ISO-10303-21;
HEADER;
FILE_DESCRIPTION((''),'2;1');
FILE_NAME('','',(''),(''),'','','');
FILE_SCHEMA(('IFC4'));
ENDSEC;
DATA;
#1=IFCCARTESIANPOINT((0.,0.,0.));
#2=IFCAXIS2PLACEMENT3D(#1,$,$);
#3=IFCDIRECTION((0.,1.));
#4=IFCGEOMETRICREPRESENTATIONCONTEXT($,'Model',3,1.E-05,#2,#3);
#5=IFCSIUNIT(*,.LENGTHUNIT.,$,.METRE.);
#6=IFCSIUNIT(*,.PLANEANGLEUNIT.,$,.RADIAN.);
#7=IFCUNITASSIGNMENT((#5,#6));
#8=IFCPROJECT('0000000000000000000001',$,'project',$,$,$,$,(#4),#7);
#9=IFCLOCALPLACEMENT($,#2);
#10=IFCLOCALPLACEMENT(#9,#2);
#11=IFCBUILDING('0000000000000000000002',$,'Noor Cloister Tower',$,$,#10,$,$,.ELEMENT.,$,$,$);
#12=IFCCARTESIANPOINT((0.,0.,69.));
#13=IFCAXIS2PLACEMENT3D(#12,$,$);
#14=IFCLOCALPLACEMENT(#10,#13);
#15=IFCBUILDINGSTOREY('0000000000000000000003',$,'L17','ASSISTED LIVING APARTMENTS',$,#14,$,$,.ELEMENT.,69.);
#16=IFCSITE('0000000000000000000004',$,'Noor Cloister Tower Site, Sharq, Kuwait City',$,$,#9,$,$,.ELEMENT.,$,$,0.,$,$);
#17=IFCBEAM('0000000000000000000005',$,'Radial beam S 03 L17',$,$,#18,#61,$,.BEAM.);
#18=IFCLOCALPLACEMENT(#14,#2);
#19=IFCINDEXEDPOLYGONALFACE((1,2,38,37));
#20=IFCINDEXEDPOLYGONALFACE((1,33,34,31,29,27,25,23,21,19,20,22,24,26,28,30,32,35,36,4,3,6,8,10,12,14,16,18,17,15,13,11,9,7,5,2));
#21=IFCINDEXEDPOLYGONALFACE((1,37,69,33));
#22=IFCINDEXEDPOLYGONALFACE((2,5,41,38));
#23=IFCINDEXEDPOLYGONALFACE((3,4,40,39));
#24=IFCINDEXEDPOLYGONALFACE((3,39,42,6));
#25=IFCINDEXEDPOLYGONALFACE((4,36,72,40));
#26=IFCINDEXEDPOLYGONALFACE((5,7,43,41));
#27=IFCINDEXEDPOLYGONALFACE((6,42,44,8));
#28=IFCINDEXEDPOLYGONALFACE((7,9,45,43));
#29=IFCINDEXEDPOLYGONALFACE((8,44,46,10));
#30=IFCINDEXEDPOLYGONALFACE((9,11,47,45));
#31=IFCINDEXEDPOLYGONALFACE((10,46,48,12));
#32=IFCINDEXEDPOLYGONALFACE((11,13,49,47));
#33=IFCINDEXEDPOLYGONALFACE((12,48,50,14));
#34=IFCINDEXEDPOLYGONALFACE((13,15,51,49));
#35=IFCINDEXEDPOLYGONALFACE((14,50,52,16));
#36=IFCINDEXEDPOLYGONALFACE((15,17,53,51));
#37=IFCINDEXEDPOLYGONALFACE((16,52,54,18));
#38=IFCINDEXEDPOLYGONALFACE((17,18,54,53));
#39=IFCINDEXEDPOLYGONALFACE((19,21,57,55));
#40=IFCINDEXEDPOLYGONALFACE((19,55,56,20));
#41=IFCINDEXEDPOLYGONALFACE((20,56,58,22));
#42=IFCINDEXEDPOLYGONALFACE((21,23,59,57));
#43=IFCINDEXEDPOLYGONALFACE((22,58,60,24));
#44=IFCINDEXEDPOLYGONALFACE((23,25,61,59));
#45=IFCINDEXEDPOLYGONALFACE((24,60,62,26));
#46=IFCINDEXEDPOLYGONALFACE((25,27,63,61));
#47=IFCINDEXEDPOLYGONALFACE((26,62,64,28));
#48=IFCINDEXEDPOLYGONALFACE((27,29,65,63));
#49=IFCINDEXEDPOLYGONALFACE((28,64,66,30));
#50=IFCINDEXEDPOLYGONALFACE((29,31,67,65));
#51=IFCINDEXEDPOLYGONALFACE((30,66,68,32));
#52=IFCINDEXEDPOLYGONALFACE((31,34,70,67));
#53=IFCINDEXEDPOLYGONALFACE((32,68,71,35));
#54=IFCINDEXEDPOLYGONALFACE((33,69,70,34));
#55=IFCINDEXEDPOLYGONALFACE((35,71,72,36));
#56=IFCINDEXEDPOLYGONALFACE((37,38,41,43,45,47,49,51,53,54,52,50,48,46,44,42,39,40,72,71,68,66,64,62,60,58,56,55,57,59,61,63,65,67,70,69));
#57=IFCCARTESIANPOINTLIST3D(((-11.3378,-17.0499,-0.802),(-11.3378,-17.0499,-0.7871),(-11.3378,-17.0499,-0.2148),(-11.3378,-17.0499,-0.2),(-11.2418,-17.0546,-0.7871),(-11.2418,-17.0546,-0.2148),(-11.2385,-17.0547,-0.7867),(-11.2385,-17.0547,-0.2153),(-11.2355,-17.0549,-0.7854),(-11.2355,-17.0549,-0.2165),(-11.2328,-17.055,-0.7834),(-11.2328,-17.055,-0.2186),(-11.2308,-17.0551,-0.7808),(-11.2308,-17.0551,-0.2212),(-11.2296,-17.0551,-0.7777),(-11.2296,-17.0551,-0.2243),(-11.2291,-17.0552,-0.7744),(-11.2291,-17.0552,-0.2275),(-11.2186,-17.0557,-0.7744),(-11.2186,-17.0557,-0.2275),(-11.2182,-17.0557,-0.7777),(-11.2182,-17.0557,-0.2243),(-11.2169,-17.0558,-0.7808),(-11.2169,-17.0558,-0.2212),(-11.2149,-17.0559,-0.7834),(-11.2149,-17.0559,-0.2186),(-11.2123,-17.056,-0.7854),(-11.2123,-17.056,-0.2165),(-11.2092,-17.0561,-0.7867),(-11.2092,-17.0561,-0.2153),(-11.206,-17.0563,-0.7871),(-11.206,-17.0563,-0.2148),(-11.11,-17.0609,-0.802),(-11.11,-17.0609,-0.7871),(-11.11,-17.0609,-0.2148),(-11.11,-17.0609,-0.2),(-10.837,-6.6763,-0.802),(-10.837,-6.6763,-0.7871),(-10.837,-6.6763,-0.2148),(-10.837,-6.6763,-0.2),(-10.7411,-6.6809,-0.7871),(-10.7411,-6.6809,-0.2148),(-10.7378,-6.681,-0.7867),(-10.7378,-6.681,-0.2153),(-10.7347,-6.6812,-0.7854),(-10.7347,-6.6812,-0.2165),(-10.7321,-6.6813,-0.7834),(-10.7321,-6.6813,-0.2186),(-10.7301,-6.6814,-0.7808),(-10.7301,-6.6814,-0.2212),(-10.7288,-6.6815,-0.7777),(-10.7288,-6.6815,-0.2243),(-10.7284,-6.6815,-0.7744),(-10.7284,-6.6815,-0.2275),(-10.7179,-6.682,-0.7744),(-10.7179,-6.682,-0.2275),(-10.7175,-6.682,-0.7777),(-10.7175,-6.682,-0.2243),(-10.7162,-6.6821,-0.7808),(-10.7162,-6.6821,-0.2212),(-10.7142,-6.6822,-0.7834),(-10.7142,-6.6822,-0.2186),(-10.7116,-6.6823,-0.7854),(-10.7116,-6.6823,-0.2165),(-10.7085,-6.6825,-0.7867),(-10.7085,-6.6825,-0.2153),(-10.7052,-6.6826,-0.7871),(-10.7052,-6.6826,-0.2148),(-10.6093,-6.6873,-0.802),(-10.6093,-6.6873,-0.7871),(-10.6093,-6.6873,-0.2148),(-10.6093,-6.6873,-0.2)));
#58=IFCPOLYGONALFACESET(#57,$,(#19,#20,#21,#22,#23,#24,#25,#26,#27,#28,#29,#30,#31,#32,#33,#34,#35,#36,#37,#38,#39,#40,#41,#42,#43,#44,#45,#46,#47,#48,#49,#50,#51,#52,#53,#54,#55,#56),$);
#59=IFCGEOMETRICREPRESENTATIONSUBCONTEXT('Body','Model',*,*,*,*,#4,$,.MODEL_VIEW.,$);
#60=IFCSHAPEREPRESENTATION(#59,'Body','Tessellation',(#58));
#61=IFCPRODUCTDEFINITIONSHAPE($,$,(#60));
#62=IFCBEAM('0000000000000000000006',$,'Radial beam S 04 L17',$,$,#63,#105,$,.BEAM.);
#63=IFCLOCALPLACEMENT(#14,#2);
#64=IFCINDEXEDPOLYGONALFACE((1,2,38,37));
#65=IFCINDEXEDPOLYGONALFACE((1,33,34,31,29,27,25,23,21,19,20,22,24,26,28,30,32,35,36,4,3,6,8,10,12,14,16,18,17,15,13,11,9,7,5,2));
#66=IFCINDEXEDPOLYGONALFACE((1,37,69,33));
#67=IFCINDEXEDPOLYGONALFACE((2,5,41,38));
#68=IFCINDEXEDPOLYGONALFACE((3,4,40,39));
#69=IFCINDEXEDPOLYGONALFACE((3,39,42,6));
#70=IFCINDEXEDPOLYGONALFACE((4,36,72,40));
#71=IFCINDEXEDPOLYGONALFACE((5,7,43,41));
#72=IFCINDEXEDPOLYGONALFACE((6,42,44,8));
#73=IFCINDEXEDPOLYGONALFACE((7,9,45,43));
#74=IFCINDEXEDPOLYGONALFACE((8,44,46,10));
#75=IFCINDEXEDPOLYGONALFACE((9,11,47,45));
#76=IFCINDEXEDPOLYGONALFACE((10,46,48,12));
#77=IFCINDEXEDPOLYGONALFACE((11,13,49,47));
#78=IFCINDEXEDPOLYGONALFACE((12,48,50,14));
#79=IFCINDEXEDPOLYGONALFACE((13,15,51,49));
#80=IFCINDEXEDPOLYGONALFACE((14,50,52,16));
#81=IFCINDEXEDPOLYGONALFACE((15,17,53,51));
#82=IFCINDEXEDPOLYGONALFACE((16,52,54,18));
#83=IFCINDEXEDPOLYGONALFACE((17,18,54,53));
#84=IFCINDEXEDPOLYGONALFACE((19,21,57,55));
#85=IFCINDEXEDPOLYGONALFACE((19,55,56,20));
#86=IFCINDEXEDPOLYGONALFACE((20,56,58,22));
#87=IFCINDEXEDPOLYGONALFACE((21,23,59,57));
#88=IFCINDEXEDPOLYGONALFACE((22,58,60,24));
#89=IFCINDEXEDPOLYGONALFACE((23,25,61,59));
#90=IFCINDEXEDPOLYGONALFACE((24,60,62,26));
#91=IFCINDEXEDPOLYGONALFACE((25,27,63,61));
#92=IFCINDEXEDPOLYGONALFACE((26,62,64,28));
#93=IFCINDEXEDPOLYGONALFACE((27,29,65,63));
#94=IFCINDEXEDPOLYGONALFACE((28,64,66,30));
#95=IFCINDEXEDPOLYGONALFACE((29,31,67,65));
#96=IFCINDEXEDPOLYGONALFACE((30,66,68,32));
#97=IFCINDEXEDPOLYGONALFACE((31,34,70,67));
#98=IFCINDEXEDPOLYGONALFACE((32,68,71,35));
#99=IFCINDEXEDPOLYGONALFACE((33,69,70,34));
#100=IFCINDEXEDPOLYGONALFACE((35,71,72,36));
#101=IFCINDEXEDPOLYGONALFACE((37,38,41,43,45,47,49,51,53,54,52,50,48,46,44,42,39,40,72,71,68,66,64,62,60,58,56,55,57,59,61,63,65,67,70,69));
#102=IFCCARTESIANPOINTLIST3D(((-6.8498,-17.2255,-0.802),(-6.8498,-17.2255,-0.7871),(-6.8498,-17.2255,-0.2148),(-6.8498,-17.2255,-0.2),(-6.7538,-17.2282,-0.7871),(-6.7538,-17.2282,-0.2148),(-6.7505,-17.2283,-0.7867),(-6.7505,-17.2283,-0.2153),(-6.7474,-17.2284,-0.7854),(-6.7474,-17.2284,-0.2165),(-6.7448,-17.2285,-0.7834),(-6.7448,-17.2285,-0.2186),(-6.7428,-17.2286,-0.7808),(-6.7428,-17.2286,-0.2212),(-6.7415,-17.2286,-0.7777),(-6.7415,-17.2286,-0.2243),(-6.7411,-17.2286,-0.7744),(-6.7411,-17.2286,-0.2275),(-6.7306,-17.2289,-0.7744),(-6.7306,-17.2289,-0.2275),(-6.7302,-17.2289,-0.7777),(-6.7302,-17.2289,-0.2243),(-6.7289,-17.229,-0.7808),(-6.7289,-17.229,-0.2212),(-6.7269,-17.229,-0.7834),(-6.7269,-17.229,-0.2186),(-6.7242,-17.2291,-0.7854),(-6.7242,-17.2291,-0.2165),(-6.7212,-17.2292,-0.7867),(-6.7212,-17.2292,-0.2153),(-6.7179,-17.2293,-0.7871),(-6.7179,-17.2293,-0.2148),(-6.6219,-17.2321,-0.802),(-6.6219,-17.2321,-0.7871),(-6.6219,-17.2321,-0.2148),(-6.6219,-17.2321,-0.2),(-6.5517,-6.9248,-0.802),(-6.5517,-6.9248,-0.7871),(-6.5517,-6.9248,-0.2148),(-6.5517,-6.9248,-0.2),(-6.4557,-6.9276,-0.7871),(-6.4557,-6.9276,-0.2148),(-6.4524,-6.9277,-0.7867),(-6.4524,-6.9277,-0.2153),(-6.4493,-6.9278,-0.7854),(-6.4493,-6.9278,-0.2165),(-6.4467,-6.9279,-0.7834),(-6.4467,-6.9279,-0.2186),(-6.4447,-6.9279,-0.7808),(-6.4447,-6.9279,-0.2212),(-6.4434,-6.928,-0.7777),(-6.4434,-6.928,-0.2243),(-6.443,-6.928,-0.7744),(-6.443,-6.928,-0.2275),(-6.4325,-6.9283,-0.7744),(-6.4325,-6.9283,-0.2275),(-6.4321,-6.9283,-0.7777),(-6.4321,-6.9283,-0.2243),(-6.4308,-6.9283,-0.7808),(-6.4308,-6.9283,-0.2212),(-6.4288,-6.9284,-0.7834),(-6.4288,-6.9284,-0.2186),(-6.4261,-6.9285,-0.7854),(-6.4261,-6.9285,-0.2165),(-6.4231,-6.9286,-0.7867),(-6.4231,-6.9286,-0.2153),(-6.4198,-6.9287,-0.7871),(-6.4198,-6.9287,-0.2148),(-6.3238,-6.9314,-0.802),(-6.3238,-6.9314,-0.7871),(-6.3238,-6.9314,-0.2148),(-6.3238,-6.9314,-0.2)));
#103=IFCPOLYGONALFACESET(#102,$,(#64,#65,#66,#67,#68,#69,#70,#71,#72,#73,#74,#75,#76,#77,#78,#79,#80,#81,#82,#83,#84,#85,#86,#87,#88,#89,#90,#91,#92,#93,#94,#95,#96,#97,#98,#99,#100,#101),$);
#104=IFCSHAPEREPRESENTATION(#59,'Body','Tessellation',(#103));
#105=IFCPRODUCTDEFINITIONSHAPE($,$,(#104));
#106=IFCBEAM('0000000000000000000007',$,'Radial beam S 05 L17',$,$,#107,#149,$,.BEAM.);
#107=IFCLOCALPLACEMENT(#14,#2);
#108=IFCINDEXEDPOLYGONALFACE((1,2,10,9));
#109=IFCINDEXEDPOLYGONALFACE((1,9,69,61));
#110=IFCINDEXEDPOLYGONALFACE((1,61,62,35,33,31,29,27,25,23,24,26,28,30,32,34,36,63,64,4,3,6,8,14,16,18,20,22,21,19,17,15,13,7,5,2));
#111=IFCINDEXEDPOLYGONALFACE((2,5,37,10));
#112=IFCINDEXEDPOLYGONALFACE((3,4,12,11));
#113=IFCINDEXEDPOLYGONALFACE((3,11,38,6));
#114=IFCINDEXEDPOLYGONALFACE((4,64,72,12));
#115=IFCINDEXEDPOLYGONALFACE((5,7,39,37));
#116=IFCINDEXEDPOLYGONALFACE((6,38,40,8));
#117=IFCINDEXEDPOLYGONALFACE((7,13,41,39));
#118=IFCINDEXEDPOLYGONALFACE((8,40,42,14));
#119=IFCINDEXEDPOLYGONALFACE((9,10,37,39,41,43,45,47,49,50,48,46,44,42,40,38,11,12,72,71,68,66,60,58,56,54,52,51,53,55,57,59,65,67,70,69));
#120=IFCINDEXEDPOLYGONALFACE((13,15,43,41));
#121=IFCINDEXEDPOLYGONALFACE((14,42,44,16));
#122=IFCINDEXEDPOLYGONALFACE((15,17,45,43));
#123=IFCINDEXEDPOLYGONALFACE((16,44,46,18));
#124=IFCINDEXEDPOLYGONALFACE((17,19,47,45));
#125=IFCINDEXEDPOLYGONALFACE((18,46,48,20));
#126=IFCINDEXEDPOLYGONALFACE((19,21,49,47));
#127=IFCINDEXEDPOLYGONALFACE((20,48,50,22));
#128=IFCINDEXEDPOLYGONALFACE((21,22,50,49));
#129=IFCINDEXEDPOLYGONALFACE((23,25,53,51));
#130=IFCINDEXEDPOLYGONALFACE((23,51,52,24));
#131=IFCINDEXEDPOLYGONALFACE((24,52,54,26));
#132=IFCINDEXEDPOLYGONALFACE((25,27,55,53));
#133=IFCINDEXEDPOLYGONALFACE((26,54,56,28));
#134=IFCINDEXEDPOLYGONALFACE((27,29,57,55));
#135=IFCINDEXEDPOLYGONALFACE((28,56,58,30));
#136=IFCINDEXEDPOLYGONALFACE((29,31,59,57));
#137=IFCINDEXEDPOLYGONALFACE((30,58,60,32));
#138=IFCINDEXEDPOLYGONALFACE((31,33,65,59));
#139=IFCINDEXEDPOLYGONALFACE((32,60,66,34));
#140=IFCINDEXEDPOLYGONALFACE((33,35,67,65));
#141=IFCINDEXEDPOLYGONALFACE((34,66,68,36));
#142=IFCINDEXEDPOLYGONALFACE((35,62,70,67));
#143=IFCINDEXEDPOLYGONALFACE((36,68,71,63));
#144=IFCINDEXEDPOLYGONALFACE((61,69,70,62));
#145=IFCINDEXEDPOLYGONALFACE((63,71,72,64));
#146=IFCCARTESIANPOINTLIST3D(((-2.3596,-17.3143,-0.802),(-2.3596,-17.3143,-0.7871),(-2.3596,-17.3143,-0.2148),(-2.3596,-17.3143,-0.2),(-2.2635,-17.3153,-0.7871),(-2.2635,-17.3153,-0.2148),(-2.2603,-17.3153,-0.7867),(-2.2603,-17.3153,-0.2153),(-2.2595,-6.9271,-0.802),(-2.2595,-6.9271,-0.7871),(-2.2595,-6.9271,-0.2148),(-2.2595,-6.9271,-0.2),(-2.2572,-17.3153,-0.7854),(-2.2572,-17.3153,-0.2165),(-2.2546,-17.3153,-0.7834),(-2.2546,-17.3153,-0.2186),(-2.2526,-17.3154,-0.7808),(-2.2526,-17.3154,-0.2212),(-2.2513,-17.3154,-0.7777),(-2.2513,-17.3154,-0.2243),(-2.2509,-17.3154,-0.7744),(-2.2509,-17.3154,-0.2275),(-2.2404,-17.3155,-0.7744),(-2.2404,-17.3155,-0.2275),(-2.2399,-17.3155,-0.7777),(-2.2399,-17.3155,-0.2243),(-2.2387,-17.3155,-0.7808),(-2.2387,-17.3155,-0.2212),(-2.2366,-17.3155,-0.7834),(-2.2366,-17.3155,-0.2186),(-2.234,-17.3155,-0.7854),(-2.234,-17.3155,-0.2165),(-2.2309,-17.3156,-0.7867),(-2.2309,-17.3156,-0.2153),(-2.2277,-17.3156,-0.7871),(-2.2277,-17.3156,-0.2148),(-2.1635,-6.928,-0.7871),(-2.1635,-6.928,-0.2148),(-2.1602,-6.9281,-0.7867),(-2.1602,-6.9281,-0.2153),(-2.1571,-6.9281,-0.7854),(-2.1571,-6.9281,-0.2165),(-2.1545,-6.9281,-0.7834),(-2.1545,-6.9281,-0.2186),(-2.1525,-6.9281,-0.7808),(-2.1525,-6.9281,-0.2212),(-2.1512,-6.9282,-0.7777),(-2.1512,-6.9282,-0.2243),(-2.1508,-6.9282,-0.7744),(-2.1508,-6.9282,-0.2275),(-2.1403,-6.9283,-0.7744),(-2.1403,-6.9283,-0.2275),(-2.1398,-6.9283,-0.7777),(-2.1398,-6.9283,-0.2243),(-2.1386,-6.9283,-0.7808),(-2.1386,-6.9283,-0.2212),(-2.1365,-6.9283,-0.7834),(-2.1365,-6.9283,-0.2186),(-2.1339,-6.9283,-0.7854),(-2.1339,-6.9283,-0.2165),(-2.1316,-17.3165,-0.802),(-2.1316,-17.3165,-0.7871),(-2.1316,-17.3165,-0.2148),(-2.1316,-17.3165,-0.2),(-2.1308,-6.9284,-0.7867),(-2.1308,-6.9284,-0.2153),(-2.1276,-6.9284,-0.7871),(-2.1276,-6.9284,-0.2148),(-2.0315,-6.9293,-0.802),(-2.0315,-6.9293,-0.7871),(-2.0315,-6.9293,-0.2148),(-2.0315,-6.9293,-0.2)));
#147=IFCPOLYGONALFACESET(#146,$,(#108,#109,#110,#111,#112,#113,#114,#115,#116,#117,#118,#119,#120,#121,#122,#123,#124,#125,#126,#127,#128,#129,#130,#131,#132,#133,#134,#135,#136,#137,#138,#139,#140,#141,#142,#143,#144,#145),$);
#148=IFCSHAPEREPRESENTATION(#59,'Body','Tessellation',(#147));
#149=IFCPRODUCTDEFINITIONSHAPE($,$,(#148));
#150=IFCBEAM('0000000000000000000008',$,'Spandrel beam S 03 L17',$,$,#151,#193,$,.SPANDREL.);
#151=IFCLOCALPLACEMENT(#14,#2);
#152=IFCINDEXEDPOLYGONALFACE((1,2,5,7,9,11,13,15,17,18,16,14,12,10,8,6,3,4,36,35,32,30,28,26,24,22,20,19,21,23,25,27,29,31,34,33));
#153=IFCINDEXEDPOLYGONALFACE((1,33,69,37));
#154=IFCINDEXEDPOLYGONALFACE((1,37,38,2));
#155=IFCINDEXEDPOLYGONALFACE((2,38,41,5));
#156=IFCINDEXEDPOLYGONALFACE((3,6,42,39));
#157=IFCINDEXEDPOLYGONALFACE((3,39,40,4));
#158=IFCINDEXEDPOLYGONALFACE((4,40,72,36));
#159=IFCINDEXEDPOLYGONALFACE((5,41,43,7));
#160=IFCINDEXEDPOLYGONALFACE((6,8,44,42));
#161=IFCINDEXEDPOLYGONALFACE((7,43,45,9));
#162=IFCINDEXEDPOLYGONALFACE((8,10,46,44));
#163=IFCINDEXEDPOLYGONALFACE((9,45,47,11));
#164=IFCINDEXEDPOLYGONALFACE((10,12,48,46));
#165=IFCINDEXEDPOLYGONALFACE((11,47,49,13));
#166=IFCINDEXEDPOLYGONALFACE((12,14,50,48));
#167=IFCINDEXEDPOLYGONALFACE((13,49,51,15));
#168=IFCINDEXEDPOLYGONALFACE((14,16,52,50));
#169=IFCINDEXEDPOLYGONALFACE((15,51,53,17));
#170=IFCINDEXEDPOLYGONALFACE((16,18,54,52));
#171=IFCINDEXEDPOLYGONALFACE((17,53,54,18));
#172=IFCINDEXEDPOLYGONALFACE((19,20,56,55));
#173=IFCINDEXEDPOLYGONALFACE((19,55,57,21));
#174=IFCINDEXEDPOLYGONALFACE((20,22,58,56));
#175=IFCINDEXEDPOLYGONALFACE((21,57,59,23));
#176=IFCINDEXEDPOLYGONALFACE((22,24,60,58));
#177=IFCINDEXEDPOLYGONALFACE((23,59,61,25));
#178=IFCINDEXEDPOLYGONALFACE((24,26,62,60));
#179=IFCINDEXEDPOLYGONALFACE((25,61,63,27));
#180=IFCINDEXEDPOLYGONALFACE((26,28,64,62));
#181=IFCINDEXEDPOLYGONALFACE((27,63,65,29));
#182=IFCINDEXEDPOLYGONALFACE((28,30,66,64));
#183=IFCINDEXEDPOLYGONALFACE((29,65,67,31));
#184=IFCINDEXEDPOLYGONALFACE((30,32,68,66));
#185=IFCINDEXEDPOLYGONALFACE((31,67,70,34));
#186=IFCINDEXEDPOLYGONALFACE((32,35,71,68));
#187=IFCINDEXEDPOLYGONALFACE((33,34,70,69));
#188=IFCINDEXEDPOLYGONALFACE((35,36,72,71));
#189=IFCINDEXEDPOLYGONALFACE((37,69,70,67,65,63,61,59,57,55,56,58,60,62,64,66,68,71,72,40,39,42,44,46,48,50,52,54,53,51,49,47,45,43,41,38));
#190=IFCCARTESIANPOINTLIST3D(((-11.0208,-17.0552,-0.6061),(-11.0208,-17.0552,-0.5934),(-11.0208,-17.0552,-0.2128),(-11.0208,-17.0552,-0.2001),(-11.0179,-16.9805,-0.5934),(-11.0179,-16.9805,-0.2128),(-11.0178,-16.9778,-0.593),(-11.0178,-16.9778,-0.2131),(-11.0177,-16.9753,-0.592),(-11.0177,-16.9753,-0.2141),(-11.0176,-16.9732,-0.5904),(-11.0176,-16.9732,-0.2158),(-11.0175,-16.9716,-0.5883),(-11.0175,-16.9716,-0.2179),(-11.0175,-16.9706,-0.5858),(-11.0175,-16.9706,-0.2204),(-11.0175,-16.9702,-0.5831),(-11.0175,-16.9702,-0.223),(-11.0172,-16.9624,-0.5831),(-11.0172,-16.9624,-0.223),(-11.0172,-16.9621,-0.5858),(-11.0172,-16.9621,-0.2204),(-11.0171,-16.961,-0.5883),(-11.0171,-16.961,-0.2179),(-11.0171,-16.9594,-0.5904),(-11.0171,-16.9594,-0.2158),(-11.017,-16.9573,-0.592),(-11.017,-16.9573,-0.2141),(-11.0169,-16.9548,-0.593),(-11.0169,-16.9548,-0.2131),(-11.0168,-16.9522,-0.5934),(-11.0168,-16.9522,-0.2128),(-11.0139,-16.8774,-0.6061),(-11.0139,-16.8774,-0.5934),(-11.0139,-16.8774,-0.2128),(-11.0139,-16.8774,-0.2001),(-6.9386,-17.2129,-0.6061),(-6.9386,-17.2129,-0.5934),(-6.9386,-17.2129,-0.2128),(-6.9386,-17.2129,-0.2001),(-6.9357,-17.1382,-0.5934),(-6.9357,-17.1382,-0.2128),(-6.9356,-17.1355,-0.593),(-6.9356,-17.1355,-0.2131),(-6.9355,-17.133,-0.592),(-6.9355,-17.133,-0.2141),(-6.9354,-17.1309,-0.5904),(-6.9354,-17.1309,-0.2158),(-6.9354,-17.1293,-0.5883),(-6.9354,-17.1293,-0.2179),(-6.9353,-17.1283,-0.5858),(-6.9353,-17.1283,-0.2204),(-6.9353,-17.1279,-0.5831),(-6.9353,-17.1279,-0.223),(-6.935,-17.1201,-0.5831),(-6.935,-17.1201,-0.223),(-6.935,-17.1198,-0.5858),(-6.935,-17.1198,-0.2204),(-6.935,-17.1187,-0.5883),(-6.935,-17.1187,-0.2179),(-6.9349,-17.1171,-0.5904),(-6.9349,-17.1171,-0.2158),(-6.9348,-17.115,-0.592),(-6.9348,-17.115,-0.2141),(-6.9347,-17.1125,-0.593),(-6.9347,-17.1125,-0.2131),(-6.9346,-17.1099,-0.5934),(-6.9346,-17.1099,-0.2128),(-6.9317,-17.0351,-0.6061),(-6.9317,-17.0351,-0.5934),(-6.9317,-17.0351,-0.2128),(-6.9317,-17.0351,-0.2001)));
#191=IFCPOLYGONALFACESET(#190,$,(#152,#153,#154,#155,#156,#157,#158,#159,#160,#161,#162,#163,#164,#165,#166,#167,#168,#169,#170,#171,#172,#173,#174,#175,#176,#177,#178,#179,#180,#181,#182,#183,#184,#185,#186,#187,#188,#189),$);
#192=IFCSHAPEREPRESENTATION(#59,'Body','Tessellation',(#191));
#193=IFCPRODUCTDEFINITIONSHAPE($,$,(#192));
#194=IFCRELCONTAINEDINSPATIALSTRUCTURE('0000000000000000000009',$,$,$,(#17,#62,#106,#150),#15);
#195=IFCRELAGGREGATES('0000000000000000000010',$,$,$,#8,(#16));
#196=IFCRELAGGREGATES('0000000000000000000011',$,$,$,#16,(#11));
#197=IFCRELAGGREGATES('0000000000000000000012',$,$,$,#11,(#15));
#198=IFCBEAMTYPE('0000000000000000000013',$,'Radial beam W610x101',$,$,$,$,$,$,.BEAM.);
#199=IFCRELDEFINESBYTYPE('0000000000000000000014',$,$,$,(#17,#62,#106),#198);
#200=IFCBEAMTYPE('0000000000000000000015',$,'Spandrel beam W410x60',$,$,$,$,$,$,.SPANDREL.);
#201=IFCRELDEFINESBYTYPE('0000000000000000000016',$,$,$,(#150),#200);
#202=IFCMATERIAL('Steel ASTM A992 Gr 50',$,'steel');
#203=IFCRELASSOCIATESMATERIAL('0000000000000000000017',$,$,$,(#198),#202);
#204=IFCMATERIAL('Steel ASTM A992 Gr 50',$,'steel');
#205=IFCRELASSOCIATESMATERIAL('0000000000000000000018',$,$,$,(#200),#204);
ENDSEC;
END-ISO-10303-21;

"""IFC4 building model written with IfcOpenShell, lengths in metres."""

from ifc_helpers import new_model, si_unit, direction, frame, origin, origin_2d, place, context, subcontext, project, spatial, i_section, extrude, material, material_profile, profile_set, type_object, element, save


model = new_model("IFC4")

# Units and contexts
model_context = context("Model", 3, precision=1e-05, world=origin(), true_north=direction((0.0, 1.0)))
body_context = subcontext(model_context, "Body", "Model", "MODEL_VIEW")
ifc_project = project(units=[si_unit("LENGTHUNIT", "METRE"), si_unit("PLANEANGLEUNIT", "RADIAN")], contexts=[model_context])

# Site, building, storey
site_placement = place(None, origin())
site = spatial("IfcSite", under=ifc_project, at=site_placement, Name="Noor Cloister Tower Site, Sharq, Kuwait City", CompositionType="ELEMENT", RefElevation=0.0)
building_placement = place(site_placement, origin())
building = spatial("IfcBuilding", under=site, at=building_placement, Name="Noor Cloister Tower", CompositionType="ELEMENT")
storey_placement = place(building_placement, frame((0.0, 0.0, 69.0)))
storey = spatial("IfcBuildingStorey", under=building, at=storey_placement, Name="L17", Description="ASSISTED LIVING APARTMENTS", CompositionType="ELEMENT", Elevation=69.0)

# Beams
ifc_material_1 = material(Name="Steel ASTM A992 Gr 50", Category="steel")
ifc_material_profile_1 = material_profile(ifc_material_1, i_section(OverallWidth=0.228, OverallDepth=0.6021, WebThickness=0.0105, FlangeThickness=0.0149, FilletRadius=0.0127, at=origin_2d()), Name="W610x101")
ifc_profile_set_1 = profile_set([ifc_material_profile_1], Name="Steel ASTM A992 Gr 50")
beam_type_1 = type_object("IfcBeamType", Name="Radial beam W610x101", PredefinedType="BEAM", material=ifc_profile_set_1)
beam_1_placement = place(storey_placement, frame((-11.2239, -17.0554, -0.501), z_axis=(0.048213, 0.998837, 0.0), x_axis=(-0.998837, 0.048213, 0.0)))
element("IfcBeam", 1, at=beam_1_placement, inside=storey, type_object=beam_type_1, Name="Radial beam S 03 L17", PredefinedType="BEAM", context=body_context, shape_type="SweptSolid", body=[
    extrude(i_section(OverallWidth=0.228, OverallDepth=0.6021, WebThickness=0.0105, FlangeThickness=0.0149, FilletRadius=0.0127, at=origin_2d()), origin(), (0.0, 0.0, 1.0), 10.3857),
])
beam_2_placement = place(storey_placement, frame((-6.7358, -17.2288, -0.501), z_axis=(0.028928, 0.999582, 0.0), x_axis=(-0.999582, 0.028928, 0.0)))
element("IfcBeam", 2, at=beam_2_placement, inside=storey, type_object=beam_type_1, Name="Radial beam S 04 L17", PredefinedType="BEAM", context=body_context, shape_type="SweptSolid", body=[
    extrude(i_section(OverallWidth=0.228, OverallDepth=0.6021, WebThickness=0.0105, FlangeThickness=0.0149, FilletRadius=0.0127, at=origin_2d()), origin(), (0.0, 0.0, 1.0), 10.3049),
])
beam_3_placement = place(storey_placement, frame((-2.2456, -17.3154, -0.501), z_axis=(0.009636, 0.999954, 0.0), x_axis=(-0.999954, 0.009636, 0.0)))
element("IfcBeam", 3, at=beam_3_placement, inside=storey, type_object=beam_type_1, Name="Radial beam S 05 L17", PredefinedType="BEAM", context=body_context, shape_type="SweptSolid", body=[
    extrude(i_section(OverallWidth=0.228, OverallDepth=0.6021, WebThickness=0.0105, FlangeThickness=0.0149, FilletRadius=0.0127, at=origin_2d()), origin(), (0.0, 0.0, 1.0), 10.3877),
])
ifc_material_2 = material(Name="Steel ASTM A992 Gr 50", Category="steel")
ifc_material_profile_2 = material_profile(ifc_material_2, i_section(OverallWidth=0.178, OverallDepth=0.406, WebThickness=0.0078, FlangeThickness=0.0127, FilletRadius=0.0103, at=origin_2d()), Name="W410x60")
ifc_profile_set_2 = profile_set([ifc_material_profile_2], Name="Steel ASTM A992 Gr 50")
beam_type_2 = type_object("IfcBeamType", Name="Spandrel beam W410x60", PredefinedType="SPANDREL", material=ifc_profile_set_2)
beam_4_placement = place(storey_placement, frame((-11.0173, -16.9663, -0.4031), z_axis=(0.999255, -0.038605, 0.0), x_axis=(0.038605, 0.999255, 0.0)))
element("IfcBeam", 4, at=beam_4_placement, inside=storey, type_object=beam_type_2, Name="Spandrel beam S 03 L17", PredefinedType="SPANDREL", context=body_context, shape_type="SweptSolid", body=[
    extrude(i_section(OverallWidth=0.178, OverallDepth=0.406, WebThickness=0.0078, FlangeThickness=0.0127, FilletRadius=0.0103, at=origin_2d()), origin(), (0.0, 0.0, 1.0), 4.0852),
])

save(model, "model.ifc")
